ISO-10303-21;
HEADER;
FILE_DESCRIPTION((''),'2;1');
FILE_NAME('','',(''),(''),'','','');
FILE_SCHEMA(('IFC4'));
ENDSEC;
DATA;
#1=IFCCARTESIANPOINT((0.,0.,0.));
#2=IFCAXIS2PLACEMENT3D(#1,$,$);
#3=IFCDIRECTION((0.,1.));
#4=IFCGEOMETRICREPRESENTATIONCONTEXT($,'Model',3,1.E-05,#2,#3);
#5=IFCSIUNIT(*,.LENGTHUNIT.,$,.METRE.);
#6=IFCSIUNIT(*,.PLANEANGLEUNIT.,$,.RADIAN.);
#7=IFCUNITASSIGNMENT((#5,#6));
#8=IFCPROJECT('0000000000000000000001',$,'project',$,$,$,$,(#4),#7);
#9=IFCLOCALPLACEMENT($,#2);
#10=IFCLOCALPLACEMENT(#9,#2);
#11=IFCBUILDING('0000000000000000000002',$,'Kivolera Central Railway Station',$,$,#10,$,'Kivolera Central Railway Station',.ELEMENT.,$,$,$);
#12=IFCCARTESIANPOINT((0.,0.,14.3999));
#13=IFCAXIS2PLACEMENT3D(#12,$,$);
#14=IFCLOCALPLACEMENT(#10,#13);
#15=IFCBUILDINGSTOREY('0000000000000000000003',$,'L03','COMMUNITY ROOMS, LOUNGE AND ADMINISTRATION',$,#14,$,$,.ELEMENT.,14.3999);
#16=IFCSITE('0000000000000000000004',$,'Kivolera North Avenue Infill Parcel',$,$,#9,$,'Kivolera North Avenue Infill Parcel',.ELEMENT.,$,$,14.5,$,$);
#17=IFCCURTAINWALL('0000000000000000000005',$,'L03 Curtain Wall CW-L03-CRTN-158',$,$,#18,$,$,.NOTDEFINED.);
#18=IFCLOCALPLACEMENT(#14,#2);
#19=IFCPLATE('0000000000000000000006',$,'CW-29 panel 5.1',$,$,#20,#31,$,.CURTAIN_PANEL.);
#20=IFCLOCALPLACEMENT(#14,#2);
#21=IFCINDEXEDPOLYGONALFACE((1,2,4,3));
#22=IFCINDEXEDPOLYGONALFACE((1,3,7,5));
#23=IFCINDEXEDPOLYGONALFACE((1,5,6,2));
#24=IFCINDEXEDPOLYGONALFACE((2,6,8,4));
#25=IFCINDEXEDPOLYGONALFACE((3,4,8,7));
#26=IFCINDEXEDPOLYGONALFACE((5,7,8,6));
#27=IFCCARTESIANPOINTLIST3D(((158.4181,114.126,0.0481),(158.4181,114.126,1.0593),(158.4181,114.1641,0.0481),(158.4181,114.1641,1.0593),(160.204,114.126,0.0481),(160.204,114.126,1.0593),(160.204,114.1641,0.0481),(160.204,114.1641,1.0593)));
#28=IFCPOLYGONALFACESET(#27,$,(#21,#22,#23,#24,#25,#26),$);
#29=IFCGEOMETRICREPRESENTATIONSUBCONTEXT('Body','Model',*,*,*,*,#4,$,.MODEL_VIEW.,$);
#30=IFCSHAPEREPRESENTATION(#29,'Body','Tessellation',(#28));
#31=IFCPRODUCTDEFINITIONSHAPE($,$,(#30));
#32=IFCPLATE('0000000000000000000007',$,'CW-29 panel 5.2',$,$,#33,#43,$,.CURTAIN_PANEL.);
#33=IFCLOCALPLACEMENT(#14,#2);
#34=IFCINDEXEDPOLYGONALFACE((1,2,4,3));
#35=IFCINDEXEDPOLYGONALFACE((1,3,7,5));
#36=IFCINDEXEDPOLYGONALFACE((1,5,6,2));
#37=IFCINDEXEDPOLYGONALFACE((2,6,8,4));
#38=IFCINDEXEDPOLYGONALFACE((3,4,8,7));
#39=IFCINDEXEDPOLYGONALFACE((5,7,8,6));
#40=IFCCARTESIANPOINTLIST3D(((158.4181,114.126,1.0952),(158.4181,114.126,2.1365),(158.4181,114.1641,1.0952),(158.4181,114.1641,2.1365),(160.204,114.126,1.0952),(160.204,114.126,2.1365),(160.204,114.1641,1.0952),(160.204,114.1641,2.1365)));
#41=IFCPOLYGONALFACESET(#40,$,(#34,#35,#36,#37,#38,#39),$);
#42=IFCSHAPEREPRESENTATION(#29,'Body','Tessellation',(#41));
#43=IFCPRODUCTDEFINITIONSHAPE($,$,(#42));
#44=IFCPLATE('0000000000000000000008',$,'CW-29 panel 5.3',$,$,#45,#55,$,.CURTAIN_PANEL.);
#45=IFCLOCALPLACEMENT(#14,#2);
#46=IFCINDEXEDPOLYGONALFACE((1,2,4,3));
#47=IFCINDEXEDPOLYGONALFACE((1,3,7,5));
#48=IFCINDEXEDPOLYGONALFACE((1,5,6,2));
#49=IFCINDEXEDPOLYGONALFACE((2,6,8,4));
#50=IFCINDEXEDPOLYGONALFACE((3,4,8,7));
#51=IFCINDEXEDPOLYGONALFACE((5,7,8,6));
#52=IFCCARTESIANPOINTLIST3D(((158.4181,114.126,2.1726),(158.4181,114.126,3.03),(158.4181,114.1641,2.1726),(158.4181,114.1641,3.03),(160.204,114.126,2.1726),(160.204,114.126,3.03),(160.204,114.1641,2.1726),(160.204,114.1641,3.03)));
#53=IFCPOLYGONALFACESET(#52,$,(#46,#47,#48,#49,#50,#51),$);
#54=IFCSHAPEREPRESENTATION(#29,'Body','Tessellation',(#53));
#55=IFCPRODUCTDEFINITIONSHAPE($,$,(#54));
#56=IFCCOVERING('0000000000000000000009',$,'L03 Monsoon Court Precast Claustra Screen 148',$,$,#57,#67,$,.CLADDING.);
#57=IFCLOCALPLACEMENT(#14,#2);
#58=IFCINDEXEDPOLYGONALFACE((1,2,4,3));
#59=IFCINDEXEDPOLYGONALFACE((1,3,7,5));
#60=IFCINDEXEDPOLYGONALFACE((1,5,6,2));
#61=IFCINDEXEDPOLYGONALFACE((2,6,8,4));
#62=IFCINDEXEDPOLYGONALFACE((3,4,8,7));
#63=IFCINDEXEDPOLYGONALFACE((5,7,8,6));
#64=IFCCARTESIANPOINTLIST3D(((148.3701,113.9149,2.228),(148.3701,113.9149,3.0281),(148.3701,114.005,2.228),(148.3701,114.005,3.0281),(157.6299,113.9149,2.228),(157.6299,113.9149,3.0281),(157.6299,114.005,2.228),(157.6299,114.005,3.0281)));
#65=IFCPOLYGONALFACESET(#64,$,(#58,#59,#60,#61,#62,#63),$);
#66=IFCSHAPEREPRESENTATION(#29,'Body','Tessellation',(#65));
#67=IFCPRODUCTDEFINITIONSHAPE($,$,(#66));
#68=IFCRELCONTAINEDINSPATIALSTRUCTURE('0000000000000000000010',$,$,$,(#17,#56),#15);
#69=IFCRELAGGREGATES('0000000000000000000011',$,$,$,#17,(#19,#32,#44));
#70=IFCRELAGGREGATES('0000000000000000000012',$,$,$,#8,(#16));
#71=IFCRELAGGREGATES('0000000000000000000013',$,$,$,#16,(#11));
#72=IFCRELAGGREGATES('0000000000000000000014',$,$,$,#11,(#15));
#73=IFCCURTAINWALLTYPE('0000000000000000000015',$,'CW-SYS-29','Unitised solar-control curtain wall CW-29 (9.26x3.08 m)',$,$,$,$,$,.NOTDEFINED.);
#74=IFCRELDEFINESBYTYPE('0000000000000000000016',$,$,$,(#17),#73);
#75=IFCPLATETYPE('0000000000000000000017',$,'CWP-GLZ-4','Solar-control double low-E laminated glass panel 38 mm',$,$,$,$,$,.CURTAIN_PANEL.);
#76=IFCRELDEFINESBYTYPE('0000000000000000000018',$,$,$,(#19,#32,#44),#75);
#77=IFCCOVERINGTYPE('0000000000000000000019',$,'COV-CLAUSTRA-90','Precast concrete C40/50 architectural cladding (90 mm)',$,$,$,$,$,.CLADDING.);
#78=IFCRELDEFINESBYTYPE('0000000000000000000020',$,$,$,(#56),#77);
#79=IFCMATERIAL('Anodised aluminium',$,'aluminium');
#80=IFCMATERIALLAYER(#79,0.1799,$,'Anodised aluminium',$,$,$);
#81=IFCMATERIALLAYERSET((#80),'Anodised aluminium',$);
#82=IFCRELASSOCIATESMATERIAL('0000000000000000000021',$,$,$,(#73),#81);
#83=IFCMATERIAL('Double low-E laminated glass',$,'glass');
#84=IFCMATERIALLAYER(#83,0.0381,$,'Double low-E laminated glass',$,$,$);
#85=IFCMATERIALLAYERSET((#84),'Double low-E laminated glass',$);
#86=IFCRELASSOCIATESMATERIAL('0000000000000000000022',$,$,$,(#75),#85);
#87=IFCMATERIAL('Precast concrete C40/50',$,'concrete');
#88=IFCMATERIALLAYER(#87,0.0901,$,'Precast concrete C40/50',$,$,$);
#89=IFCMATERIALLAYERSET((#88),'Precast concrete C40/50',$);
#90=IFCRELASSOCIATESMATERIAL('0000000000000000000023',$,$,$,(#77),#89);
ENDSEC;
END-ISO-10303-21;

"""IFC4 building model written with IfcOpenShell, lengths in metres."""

from ifc_helpers import new_model, si_unit, direction, frame, frame_2d, origin, origin_2d, place, context, subcontext, project, spatial, rectangle, extrude, material, layer, layer_set, type_object, element, aggregate, save


model = new_model("IFC4")

# Units and contexts
model_context = context("Model", 3, precision=1e-05, world=origin(), true_north=direction((0.0, 1.0)))
body_context = subcontext(model_context, "Body", "Model", "MODEL_VIEW")
ifc_project = project(units=[si_unit("LENGTHUNIT", "METRE"), si_unit("PLANEANGLEUNIT", "RADIAN")], contexts=[model_context])

# Site, building, storey
site_placement = place(None, origin())
site = spatial("IfcSite", under=ifc_project, at=site_placement, Name="Kivolera North Avenue Infill Parcel", LongName="Kivolera North Avenue Infill Parcel", CompositionType="ELEMENT", RefElevation=14.5)
building_placement = place(site_placement, origin())
building = spatial("IfcBuilding", under=site, at=building_placement, Name="Kivolera Central Railway Station", LongName="Kivolera Central Railway Station", CompositionType="ELEMENT")
storey_placement = place(building_placement, frame((0.0, 0.0, 14.3999)))
storey = spatial("IfcBuildingStorey", under=building, at=storey_placement, Name="L03", Description="COMMUNITY ROOMS, LOUNGE AND ADMINISTRATION", CompositionType="ELEMENT", Elevation=14.3999)

# Shared definitions
ifc_material_1 = material(Name="Anodised aluminium", Category="aluminium")
ifc_layer_1 = layer(ifc_material_1, 0.1799, Name="Anodised aluminium")
ifc_layer_set_1 = layer_set([ifc_layer_1], Name="Anodised aluminium")
curtain_wall_type = type_object("IfcCurtainWallType", Name="CW-SYS-29", Description="Unitised solar-control curtain wall CW-29 (9.26x3.08 m)", PredefinedType="NOTDEFINED", material=ifc_layer_set_1)

# Curtain wall
curtain_wall_1_placement = place(storey_placement, origin())
curtain_wall_1 = element("IfcCurtainWall", 1, at=curtain_wall_1_placement, inside=storey, type_object=curtain_wall_type, Name="L03 Curtain Wall CW-L03-CRTN-158", PredefinedType="NOTDEFINED")

# Plates
ifc_material_2 = material(Name="Double low-E laminated glass", Category="glass")
ifc_layer_2 = layer(ifc_material_2, 0.0381, Name="Double low-E laminated glass")
ifc_layer_set_2 = layer_set([ifc_layer_2], Name="Double low-E laminated glass")
plate_type_1 = type_object("IfcPlateType", Name="CWP-GLZ-4", Description="Solar-control double low-E laminated glass panel 38 mm", PredefinedType="CURTAIN_PANEL", material=ifc_layer_set_2)
plate_1_placement = place(storey_placement, frame((159.311, 114.145, 0.0481), z_axis=(0.0, 0.0, 1.0), x_axis=(-1.0, 0.0, 0.0)))
plate_1 = element("IfcPlate", 2, at=plate_1_placement, type_object=plate_type_1, Name="CW-29 panel 5.1", PredefinedType="CURTAIN_PANEL", context=body_context, shape_type="SweptSolid", body=[
    extrude(rectangle(XDim=1.7859, YDim=0.0381, at=origin_2d()), origin(), (0.0, 0.0, 1.0), 1.0112),
])
plate_2_placement = place(storey_placement, frame((159.311, 114.145, 1.0952), z_axis=(0.0, 0.0, 1.0), x_axis=(-1.0, 0.0, 0.0)))
plate_2 = element("IfcPlate", 3, at=plate_2_placement, type_object=plate_type_1, Name="CW-29 panel 5.2", PredefinedType="CURTAIN_PANEL", context=body_context, shape_type="SweptSolid", body=[
    extrude(rectangle(XDim=1.7859, YDim=0.0381, at=origin_2d()), origin(), (0.0, 0.0, 1.0), 1.0413),
])
plate_3_placement = place(storey_placement, frame((159.311, 114.145, 2.1726), z_axis=(0.0, 0.0, 1.0), x_axis=(-1.0, 0.0, 0.0)))
plate_3 = element("IfcPlate", 4, at=plate_3_placement, type_object=plate_type_1, Name="CW-29 panel 5.3", PredefinedType="CURTAIN_PANEL", context=body_context, shape_type="SweptSolid", body=[
    extrude(rectangle(XDim=1.7859, YDim=0.0381, at=origin_2d()), origin(), (0.0, 0.0, 1.0), 0.8574),
])
aggregate(curtain_wall_1, [plate_1, plate_2, plate_3])

# Covering
ifc_material_3 = material(Name="Precast concrete C40/50", Category="concrete")
ifc_layer_3 = layer(ifc_material_3, 0.0901, Name="Precast concrete C40/50")
ifc_layer_set_3 = layer_set([ifc_layer_3], Name="Precast concrete C40/50")
covering_type = type_object("IfcCoveringType", Name="COV-CLAUSTRA-90", Description="Precast concrete C40/50 architectural cladding (90 mm)", PredefinedType="CLADDING", material=ifc_layer_set_3)
covering_placement = place(storey_placement, frame((157.6299, 113.96, 2.228), z_axis=(0.0, 0.0, 1.0), x_axis=(-1.0, 0.0, 0.0)))
element("IfcCovering", 5, at=covering_placement, inside=storey, type_object=covering_type, Name="L03 Monsoon Court Precast Claustra Screen 148", PredefinedType="CLADDING", context=body_context, shape_type="SweptSolid", body=[
    extrude(rectangle(XDim=9.2598, YDim=0.0901, at=frame_2d((4.6299, 0.0))), origin(), (0.0, 0.0, 1.0), 0.8),
])

save(model, "model.ifc")
